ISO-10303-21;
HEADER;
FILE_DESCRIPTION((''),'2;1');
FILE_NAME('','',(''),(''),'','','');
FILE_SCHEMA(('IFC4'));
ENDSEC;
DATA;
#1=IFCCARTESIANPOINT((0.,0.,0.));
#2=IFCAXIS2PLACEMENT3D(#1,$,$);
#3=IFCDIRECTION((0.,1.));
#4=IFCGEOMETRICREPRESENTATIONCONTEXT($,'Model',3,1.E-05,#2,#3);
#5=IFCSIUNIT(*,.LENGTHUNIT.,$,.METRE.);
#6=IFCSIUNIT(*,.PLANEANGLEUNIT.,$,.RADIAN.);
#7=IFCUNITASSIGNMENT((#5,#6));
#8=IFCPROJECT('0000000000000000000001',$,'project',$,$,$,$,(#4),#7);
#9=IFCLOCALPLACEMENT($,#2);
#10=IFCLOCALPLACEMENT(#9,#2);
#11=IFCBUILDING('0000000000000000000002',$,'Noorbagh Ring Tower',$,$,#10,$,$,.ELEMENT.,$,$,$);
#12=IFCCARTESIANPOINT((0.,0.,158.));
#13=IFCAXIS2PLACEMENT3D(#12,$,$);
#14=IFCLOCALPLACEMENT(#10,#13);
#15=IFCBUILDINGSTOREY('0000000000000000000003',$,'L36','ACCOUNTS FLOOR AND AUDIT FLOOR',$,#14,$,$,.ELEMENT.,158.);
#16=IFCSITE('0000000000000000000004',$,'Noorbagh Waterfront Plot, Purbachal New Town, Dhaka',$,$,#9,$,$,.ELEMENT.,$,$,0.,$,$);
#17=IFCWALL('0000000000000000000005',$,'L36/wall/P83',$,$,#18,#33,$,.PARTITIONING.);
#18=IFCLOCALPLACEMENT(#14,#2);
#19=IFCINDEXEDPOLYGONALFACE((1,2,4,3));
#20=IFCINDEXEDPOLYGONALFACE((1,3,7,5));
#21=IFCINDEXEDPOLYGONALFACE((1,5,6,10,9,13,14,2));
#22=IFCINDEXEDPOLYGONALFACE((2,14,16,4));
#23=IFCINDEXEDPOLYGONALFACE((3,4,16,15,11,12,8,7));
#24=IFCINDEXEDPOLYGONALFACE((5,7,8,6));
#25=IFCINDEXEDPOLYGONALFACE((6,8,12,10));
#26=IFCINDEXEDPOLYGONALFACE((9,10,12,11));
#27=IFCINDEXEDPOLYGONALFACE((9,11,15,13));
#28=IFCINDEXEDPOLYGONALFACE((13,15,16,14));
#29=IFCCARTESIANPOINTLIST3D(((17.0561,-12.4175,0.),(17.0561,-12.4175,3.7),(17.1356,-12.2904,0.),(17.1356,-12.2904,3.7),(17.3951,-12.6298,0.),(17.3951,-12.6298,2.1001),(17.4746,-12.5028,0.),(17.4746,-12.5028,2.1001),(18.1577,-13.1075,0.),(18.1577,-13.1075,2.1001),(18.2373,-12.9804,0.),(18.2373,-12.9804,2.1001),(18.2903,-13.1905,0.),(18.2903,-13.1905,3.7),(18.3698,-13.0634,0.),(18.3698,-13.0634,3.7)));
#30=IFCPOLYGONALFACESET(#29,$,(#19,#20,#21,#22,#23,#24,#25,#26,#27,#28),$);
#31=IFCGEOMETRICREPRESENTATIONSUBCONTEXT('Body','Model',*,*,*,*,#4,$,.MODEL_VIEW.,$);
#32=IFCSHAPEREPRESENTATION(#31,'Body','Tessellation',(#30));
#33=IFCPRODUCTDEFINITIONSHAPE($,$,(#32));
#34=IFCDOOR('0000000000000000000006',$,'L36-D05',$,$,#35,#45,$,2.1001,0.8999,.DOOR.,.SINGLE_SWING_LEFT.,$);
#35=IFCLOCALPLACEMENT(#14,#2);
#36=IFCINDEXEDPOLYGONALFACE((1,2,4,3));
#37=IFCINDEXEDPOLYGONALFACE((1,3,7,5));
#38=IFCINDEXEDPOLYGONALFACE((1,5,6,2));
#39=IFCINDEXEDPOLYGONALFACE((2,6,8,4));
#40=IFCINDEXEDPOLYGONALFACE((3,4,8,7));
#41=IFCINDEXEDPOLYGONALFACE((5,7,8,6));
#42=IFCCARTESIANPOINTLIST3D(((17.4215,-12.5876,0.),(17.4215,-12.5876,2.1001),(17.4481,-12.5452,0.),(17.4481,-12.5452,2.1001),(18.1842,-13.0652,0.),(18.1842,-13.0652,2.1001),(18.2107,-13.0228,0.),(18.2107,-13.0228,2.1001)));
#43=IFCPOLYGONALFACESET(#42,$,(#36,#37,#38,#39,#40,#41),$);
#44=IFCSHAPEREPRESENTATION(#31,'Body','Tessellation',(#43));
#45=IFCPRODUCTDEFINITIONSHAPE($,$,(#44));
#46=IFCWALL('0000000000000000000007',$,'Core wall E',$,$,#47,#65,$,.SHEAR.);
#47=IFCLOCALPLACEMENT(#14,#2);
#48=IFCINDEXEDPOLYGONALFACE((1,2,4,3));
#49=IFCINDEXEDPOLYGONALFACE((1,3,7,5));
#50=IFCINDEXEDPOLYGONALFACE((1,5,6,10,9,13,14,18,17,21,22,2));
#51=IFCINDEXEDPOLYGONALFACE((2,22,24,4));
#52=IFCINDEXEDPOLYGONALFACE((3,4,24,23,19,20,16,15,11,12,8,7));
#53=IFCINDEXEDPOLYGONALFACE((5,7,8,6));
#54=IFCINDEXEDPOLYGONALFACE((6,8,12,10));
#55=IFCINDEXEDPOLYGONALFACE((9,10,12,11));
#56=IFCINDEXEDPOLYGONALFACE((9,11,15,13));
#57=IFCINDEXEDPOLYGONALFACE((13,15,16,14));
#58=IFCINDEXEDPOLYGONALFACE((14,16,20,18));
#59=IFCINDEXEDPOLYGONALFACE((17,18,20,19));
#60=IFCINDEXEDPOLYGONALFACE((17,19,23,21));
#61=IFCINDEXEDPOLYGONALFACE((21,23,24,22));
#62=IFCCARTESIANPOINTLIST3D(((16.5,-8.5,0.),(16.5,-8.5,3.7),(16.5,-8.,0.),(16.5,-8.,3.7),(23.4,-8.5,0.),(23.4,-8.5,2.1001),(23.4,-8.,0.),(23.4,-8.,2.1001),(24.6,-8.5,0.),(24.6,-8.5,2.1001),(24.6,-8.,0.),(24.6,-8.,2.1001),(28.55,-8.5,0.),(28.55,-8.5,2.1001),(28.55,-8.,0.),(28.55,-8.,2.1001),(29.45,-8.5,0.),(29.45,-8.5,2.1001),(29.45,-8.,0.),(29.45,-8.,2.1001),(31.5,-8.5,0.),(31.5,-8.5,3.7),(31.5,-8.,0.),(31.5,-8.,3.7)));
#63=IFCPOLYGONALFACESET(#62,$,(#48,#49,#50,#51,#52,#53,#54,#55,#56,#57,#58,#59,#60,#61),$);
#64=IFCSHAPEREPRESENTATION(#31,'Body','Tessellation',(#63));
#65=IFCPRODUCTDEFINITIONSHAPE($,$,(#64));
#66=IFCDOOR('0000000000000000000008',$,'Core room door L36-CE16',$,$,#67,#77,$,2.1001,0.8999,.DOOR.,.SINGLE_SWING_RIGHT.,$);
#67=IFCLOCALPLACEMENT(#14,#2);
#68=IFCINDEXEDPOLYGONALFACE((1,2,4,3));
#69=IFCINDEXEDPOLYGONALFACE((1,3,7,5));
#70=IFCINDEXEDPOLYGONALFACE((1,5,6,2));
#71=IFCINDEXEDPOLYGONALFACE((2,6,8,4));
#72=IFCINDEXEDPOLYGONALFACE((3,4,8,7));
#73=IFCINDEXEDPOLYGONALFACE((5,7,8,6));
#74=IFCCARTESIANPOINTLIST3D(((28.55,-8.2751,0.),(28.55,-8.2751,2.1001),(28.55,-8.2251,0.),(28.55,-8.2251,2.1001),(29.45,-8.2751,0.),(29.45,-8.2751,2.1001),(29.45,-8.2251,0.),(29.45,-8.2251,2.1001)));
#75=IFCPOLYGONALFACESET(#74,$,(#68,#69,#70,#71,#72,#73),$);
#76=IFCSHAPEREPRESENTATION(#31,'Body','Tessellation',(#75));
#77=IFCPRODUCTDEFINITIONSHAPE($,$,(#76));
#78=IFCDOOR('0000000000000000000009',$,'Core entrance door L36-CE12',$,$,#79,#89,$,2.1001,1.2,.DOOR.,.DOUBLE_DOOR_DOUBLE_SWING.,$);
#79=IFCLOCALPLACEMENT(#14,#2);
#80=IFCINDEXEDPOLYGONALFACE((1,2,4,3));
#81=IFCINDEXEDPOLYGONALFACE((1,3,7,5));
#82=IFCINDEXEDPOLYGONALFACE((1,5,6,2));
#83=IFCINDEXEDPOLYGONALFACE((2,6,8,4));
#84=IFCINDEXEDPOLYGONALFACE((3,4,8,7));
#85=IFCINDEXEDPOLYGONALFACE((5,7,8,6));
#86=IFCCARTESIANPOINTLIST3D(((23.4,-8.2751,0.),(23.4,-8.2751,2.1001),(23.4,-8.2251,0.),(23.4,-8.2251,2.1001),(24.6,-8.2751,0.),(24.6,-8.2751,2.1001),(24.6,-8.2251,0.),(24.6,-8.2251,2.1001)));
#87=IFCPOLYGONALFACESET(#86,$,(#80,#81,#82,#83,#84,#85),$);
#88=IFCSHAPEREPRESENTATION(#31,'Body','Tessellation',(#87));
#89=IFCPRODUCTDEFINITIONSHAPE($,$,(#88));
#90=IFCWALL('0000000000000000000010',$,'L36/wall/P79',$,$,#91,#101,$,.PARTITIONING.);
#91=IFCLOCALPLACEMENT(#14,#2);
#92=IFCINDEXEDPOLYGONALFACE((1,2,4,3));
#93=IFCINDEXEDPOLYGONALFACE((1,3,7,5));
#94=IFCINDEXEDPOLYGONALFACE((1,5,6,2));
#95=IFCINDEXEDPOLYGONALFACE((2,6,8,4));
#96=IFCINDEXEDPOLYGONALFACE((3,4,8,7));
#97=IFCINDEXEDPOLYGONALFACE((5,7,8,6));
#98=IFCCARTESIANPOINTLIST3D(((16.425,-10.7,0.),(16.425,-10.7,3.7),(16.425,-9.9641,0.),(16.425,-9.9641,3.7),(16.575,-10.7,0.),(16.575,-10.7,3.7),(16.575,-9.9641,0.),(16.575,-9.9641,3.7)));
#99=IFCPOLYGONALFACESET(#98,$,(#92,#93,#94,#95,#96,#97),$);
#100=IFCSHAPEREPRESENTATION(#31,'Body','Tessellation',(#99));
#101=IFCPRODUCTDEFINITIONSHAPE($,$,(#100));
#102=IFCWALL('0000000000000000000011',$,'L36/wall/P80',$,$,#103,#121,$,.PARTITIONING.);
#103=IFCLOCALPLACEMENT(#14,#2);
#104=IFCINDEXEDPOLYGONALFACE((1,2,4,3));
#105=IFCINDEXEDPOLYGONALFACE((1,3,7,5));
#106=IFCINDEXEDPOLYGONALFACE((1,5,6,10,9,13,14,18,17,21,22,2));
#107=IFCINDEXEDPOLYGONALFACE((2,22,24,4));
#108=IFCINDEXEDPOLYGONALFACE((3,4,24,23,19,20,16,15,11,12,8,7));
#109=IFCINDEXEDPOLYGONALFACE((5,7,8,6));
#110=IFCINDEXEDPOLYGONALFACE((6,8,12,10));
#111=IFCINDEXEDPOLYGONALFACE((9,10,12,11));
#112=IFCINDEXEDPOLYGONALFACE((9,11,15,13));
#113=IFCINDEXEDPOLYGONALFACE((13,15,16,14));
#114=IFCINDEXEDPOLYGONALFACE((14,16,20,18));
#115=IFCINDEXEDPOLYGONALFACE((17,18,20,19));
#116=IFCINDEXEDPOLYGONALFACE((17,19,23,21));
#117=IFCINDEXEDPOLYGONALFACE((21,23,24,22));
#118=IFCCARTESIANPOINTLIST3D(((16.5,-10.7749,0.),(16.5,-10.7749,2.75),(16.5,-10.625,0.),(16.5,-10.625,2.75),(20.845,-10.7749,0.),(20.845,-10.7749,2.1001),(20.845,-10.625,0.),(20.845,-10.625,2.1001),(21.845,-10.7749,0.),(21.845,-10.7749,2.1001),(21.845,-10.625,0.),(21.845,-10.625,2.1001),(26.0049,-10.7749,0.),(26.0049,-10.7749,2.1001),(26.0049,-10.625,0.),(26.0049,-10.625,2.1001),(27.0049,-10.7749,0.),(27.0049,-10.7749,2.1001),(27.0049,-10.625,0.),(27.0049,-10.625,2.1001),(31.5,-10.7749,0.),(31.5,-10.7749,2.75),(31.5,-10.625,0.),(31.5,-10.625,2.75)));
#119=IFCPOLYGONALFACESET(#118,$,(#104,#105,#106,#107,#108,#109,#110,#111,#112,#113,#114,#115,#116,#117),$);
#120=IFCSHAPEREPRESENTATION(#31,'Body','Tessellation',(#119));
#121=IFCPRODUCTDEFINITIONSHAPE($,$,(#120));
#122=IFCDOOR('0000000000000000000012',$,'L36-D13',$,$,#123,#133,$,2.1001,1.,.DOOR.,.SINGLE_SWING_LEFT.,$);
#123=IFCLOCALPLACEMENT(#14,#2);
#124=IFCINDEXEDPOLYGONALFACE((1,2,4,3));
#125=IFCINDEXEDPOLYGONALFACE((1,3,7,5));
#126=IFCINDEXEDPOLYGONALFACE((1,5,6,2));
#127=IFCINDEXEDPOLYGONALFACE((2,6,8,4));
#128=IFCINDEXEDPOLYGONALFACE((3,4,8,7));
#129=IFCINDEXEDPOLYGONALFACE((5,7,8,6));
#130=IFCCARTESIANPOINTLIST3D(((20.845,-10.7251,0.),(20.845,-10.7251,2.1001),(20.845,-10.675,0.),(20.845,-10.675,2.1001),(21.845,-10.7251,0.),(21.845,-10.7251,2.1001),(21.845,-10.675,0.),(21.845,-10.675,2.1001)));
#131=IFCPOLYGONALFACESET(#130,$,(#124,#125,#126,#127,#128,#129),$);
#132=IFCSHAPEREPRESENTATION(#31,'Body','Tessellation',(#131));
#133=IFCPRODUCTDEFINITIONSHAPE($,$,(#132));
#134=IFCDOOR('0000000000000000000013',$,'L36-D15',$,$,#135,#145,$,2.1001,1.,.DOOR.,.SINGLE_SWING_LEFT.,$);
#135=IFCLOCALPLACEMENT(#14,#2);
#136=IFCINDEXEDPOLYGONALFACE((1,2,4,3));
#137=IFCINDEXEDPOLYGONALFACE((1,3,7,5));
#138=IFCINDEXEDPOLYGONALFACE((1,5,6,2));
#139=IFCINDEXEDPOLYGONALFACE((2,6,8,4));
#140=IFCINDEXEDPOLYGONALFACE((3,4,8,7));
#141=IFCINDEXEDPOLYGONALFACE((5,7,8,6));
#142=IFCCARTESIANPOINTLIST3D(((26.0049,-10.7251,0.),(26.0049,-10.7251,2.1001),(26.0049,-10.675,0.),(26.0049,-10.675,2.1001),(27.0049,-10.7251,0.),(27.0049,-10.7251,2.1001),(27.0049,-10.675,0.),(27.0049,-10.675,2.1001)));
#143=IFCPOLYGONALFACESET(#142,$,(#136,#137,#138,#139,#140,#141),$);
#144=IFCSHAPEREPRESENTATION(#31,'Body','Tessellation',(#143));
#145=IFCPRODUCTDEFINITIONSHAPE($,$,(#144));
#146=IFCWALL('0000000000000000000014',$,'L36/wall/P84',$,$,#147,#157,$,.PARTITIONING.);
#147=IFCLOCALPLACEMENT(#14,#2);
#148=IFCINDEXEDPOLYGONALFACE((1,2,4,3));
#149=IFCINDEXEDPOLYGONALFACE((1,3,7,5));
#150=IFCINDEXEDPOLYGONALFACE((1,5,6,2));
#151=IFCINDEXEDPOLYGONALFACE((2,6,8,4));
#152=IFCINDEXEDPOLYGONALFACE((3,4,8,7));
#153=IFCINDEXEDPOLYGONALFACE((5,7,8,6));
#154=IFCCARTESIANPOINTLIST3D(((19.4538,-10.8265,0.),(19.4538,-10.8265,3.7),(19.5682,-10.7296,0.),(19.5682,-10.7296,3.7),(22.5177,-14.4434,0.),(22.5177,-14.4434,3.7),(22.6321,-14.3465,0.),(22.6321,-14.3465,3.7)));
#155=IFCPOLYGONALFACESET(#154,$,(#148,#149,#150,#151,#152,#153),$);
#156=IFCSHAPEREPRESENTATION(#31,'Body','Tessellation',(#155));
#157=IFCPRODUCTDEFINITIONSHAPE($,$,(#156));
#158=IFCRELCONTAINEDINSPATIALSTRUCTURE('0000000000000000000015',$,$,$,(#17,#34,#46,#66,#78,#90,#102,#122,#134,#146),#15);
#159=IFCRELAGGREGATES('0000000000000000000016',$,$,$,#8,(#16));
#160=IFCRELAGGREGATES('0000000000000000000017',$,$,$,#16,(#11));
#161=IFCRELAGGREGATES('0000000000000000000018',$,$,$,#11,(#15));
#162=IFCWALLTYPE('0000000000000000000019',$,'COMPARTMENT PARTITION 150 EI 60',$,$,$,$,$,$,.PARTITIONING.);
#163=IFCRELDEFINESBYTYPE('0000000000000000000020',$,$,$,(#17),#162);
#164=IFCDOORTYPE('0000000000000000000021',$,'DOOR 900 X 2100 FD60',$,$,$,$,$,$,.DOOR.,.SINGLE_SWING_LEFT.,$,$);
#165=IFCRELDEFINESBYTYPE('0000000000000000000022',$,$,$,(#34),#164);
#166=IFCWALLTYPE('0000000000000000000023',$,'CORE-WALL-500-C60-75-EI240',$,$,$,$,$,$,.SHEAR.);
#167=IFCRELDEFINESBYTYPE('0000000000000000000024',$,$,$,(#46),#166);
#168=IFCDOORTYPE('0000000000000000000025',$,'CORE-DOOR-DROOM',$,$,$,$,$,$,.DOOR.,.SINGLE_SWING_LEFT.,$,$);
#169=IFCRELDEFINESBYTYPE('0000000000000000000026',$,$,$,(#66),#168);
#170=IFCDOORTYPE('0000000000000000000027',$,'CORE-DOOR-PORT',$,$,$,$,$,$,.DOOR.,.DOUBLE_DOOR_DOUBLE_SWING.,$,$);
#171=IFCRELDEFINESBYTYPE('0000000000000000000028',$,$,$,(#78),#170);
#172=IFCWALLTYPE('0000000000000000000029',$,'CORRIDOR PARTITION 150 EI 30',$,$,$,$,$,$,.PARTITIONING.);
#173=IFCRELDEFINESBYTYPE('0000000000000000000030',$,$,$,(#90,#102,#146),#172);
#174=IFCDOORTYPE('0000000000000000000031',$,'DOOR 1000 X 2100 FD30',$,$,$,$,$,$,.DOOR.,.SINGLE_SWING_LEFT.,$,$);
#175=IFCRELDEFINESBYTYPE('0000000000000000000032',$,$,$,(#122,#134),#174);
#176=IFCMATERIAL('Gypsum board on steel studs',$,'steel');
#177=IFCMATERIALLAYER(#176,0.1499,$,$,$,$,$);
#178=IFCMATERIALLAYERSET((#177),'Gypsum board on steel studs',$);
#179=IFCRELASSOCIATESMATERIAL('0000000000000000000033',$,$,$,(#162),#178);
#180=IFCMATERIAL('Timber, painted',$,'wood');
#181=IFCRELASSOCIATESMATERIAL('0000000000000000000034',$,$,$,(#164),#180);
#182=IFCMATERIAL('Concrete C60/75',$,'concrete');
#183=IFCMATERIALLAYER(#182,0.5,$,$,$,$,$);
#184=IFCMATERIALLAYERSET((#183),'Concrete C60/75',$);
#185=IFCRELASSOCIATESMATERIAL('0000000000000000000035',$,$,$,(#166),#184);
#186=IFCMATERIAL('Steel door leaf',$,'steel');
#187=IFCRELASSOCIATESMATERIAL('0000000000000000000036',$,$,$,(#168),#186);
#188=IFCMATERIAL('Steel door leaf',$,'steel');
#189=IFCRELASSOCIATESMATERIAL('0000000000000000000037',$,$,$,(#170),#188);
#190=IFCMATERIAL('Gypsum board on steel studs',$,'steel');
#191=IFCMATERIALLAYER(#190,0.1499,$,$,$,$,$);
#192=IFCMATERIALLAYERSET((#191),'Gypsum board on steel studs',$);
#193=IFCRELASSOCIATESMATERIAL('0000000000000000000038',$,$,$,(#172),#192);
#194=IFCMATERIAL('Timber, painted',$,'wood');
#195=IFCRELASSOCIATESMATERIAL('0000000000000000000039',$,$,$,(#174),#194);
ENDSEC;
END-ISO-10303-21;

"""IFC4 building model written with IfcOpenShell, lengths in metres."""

from ifc_helpers import new_model, si_unit, direction, frame, frame_2d, origin, place, context, subcontext, project, spatial, rectangle, extrude, material, layer, layer_set, type_object, element, fill, save


model = new_model("IFC4")

# Units and contexts
model_context = context("Model", 3, precision=1e-05, world=origin(), true_north=direction((0.0, 1.0)))
body_context = subcontext(model_context, "Body", "Model", "MODEL_VIEW")
ifc_project = project(units=[si_unit("LENGTHUNIT", "METRE"), si_unit("PLANEANGLEUNIT", "RADIAN")], contexts=[model_context])

# Site, building, storey
site_placement = place(None, origin())
site = spatial("IfcSite", under=ifc_project, at=site_placement, Name="Noorbagh Waterfront Plot, Purbachal New Town, Dhaka", CompositionType="ELEMENT", RefElevation=0.0)
building_placement = place(site_placement, origin())
building = spatial("IfcBuilding", under=site, at=building_placement, Name="Noorbagh Ring Tower", CompositionType="ELEMENT")
storey_placement = place(building_placement, frame((0.0, 0.0, 158.0)))
storey = spatial("IfcBuildingStorey", under=building, at=storey_placement, Name="L36", Description="ACCOUNTS FLOOR AND AUDIT FLOOR", CompositionType="ELEMENT", Elevation=158.0)

# Shared definitions
ifc_material_1 = material(Name="Gypsum board on steel studs", Category="steel")
ifc_layer_1 = layer(ifc_material_1, 0.1499)
ifc_layer_set_1 = layer_set([ifc_layer_1], Name="Gypsum board on steel studs")
wall_type_1 = type_object("IfcWallType", Name="COMPARTMENT PARTITION 150 EI 60", PredefinedType="PARTITIONING", material=ifc_layer_set_1)

# Wall, opening, door
wall_1_placement = place(storey_placement, frame((17.0959, -12.354, 0.0), z_axis=(0.0, 0.0, 1.0), x_axis=(0.847499, -0.530797, 0.0)))
wall_1 = element("IfcWall", 1, at=wall_1_placement, inside=storey, type_object=wall_type_1, Name="L36/wall/P83", PredefinedType="PARTITIONING", context=body_context, shape_type="SweptSolid", body=[
    extrude(rectangle(XDim=1.4563, YDim=0.1499, at=frame_2d((0.728, 0.0))), origin(), (0.0, 0.0, 1.0), 3.7),
])
opening_1_placement = place(wall_1_placement, frame((0.3999, 0.0, 0.0)))
opening_1 = element("IfcOpeningElement", 2, at=opening_1_placement, cuts=wall_1, PredefinedType="OPENING", context=body_context, shape_type="SweptSolid", body=[
    extrude(rectangle(XDim=0.8999, YDim=2.1001, at=frame_2d((0.45, 1.05))), frame((0.0, 0.085, 0.0), z_axis=(0.0, -1.0, 0.0), x_axis=(1.0, 0.0, 0.0)), (0.0, 0.0, 1.0), 0.1699),
])
ifc_material_2 = material(Name="Timber, painted", Category="wood")
door_type_1 = type_object("IfcDoorType", Name="DOOR 900 X 2100 FD60", OperationType="SINGLE_SWING_LEFT", PredefinedType="DOOR", material=ifc_material_2)
door_1_placement = place(opening_1_placement, origin())
door_1 = element("IfcDoor", 3, at=door_1_placement, inside=storey, type_object=door_type_1, Name="L36-D05", OperationType="SINGLE_SWING_LEFT", OverallHeight=2.1001, OverallWidth=0.8999, PredefinedType="DOOR", context=body_context, shape_type="SweptSolid", body=[
    extrude(rectangle(XDim=0.8999, YDim=2.1001, at=frame_2d((0.45, 1.05))), frame((0.0, 0.0249, 0.0), z_axis=(0.0, -1.0, 0.0), x_axis=(1.0, 0.0, 0.0)), (0.0, 0.0, 1.0), 0.05),
])
fill(opening_1, door_1)

# Wall, openings, doors
ifc_material_3 = material(Name="Concrete C60/75", Category="concrete")
ifc_layer_2 = layer(ifc_material_3, 0.5)
ifc_layer_set_2 = layer_set([ifc_layer_2], Name="Concrete C60/75")
wall_type_2 = type_object("IfcWallType", Name="CORE-WALL-500-C60-75-EI240", PredefinedType="SHEAR", material=ifc_layer_set_2)
wall_2_placement = place(storey_placement, frame((16.5, -8.25, 0.0), z_axis=(0.0, 0.0, 1.0), x_axis=(1.0, 0.0, 0.0)))
wall_2 = element("IfcWall", 4, at=wall_2_placement, inside=storey, type_object=wall_type_2, Name="Core wall E", PredefinedType="SHEAR", context=body_context, shape_type="SweptSolid", body=[
    extrude(rectangle(XDim=15.0, YDim=0.5, at=frame_2d((7.5, 0.0))), origin(), (0.0, 0.0, 1.0), 3.7),
])
opening_2_placement = place(wall_2_placement, frame((6.8999, 0.0, 0.0)))
opening_2 = element("IfcOpeningElement", 5, at=opening_2_placement, cuts=wall_2, PredefinedType="OPENING", context=body_context, shape_type="SweptSolid", body=[
    extrude(rectangle(XDim=1.2, YDim=2.1001, at=frame_2d((0.6001, 1.05))), frame((0.0, 0.26, 0.0), z_axis=(0.0, -1.0, 0.0), x_axis=(1.0, 0.0, 0.0)), (0.0, 0.0, 1.0), 0.52),
])
opening_3_placement = place(wall_2_placement, frame((12.05, 0.0, 0.0)))
opening_3 = element("IfcOpeningElement", 6, at=opening_3_placement, cuts=wall_2, PredefinedType="OPENING", context=body_context, shape_type="SweptSolid", body=[
    extrude(rectangle(XDim=0.8999, YDim=2.1001, at=frame_2d((0.45, 1.05))), frame((0.0, 0.26, 0.0), z_axis=(0.0, -1.0, 0.0), x_axis=(1.0, 0.0, 0.0)), (0.0, 0.0, 1.0), 0.52),
])
ifc_material_4 = material(Name="Steel door leaf", Category="steel")
door_type_2 = type_object("IfcDoorType", Name="CORE-DOOR-DROOM", OperationType="SINGLE_SWING_LEFT", PredefinedType="DOOR", material=ifc_material_4)
door_2_placement = place(opening_3_placement, origin())
door_2 = element("IfcDoor", 7, at=door_2_placement, inside=storey, type_object=door_type_2, Name="Core room door L36-CE16", OperationType="SINGLE_SWING_RIGHT", OverallHeight=2.1001, OverallWidth=0.8999, PredefinedType="DOOR", context=body_context, shape_type="SweptSolid", body=[
    extrude(rectangle(XDim=0.8999, YDim=2.1001, at=frame_2d((0.45, 1.05))), frame((0.0, 0.0249, 0.0), z_axis=(0.0, -1.0, 0.0), x_axis=(1.0, 0.0, 0.0)), (0.0, 0.0, 1.0), 0.05),
])
fill(opening_3, door_2)
ifc_material_5 = material(Name="Steel door leaf", Category="steel")
door_type_3 = type_object("IfcDoorType", Name="CORE-DOOR-PORT", OperationType="DOUBLE_DOOR_DOUBLE_SWING", PredefinedType="DOOR", material=ifc_material_5)
door_3_placement = place(opening_2_placement, origin())
door_3 = element("IfcDoor", 8, at=door_3_placement, inside=storey, type_object=door_type_3, Name="Core entrance door L36-CE12", OperationType="DOUBLE_DOOR_DOUBLE_SWING", OverallHeight=2.1001, OverallWidth=1.2, PredefinedType="DOOR", context=body_context, shape_type="SweptSolid", body=[
    extrude(rectangle(XDim=1.2, YDim=2.1001, at=frame_2d((0.6001, 1.05))), frame((0.0, 0.0249, 0.0), z_axis=(0.0, -1.0, 0.0), x_axis=(1.0, 0.0, 0.0)), (0.0, 0.0, 1.0), 0.05),
])
fill(opening_2, door_3)

# Wall
ifc_material_6 = material(Name="Gypsum board on steel studs", Category="steel")
ifc_layer_3 = layer(ifc_material_6, 0.1499)
ifc_layer_set_3 = layer_set([ifc_layer_3], Name="Gypsum board on steel studs")
wall_type_3 = type_object("IfcWallType", Name="CORRIDOR PARTITION 150 EI 30", PredefinedType="PARTITIONING", material=ifc_layer_set_3)
wall_3_placement = place(storey_placement, frame((16.5, -10.7, 0.0), z_axis=(0.0, 0.0, 1.0), x_axis=(0.0, 1.0, 0.0)))
element("IfcWall", 9, at=wall_3_placement, inside=storey, type_object=wall_type_3, Name="L36/wall/P79", PredefinedType="PARTITIONING", context=body_context, shape_type="SweptSolid", body=[
    extrude(rectangle(XDim=0.7358, YDim=0.1499, at=frame_2d((0.3679, 0.0))), origin(), (0.0, 0.0, 1.0), 3.7),
])

# Wall, openings, doors
wall_4_placement = place(storey_placement, frame((16.5, -10.7, 0.0), z_axis=(0.0, 0.0, 1.0), x_axis=(1.0, 0.0, 0.0)))
wall_4 = element("IfcWall", 10, at=wall_4_placement, inside=storey, type_object=wall_type_3, Name="L36/wall/P80", PredefinedType="PARTITIONING", context=body_context, shape_type="SweptSolid", body=[
    extrude(rectangle(XDim=15.0, YDim=0.1499, at=frame_2d((7.5, 0.0))), origin(), (0.0, 0.0, 1.0), 2.75),
])
opening_4_placement = place(wall_4_placement, frame((4.345, 0.0, 0.0)))
opening_4 = element("IfcOpeningElement", 11, at=opening_4_placement, cuts=wall_4, PredefinedType="OPENING", context=body_context, shape_type="SweptSolid", body=[
    extrude(rectangle(XDim=1.0, YDim=2.1001, at=frame_2d((0.5, 1.05))), frame((0.0, 0.085, 0.0), z_axis=(0.0, -1.0, 0.0), x_axis=(1.0, 0.0, 0.0)), (0.0, 0.0, 1.0), 0.1699),
])
opening_5_placement = place(wall_4_placement, frame((9.5049, 0.0, 0.0)))
opening_5 = element("IfcOpeningElement", 12, at=opening_5_placement, cuts=wall_4, PredefinedType="OPENING", context=body_context, shape_type="SweptSolid", body=[
    extrude(rectangle(XDim=1.0, YDim=2.1001, at=frame_2d((0.5, 1.05))), frame((0.0, 0.085, 0.0), z_axis=(0.0, -1.0, 0.0), x_axis=(1.0, 0.0, 0.0)), (0.0, 0.0, 1.0), 0.1699),
])
ifc_material_7 = material(Name="Timber, painted", Category="wood")
door_type_4 = type_object("IfcDoorType", Name="DOOR 1000 X 2100 FD30", OperationType="SINGLE_SWING_LEFT", PredefinedType="DOOR", material=ifc_material_7)
door_4_placement = place(opening_4_placement, origin())
door_4 = element("IfcDoor", 13, at=door_4_placement, inside=storey, type_object=door_type_4, Name="L36-D13", OperationType="SINGLE_SWING_LEFT", OverallHeight=2.1001, OverallWidth=1.0, PredefinedType="DOOR", context=body_context, shape_type="SweptSolid", body=[
    extrude(rectangle(XDim=1.0, YDim=2.1001, at=frame_2d((0.5, 1.05))), frame((0.0, 0.0249, 0.0), z_axis=(0.0, -1.0, 0.0), x_axis=(1.0, 0.0, 0.0)), (0.0, 0.0, 1.0), 0.05),
])
fill(opening_4, door_4)
door_5_placement = place(opening_5_placement, origin())
door_5 = element("IfcDoor", 14, at=door_5_placement, inside=storey, type_object=door_type_4, Name="L36-D15", OperationType="SINGLE_SWING_LEFT", OverallHeight=2.1001, OverallWidth=1.0, PredefinedType="DOOR", context=body_context, shape_type="SweptSolid", body=[
    extrude(rectangle(XDim=1.0, YDim=2.1001, at=frame_2d((0.5, 1.05))), frame((0.0, 0.0249, 0.0), z_axis=(0.0, -1.0, 0.0), x_axis=(1.0, 0.0, 0.0)), (0.0, 0.0, 1.0), 0.05),
])
fill(opening_5, door_5)

# Wall
wall_5_placement = place(storey_placement, frame((19.511, -10.7781, 0.0), z_axis=(0.0, 0.0, 1.0), x_axis=(0.646369, -0.763025, 0.0)))
element("IfcWall", 15, at=wall_5_placement, inside=storey, type_object=wall_type_3, Name="L36/wall/P84", PredefinedType="PARTITIONING", context=body_context, shape_type="SweptSolid", body=[
    extrude(rectangle(XDim=4.7402, YDim=0.1499, at=frame_2d((2.3701, 0.0))), origin(), (0.0, 0.0, 1.0), 3.7),
])

save(model, "model.ifc")
